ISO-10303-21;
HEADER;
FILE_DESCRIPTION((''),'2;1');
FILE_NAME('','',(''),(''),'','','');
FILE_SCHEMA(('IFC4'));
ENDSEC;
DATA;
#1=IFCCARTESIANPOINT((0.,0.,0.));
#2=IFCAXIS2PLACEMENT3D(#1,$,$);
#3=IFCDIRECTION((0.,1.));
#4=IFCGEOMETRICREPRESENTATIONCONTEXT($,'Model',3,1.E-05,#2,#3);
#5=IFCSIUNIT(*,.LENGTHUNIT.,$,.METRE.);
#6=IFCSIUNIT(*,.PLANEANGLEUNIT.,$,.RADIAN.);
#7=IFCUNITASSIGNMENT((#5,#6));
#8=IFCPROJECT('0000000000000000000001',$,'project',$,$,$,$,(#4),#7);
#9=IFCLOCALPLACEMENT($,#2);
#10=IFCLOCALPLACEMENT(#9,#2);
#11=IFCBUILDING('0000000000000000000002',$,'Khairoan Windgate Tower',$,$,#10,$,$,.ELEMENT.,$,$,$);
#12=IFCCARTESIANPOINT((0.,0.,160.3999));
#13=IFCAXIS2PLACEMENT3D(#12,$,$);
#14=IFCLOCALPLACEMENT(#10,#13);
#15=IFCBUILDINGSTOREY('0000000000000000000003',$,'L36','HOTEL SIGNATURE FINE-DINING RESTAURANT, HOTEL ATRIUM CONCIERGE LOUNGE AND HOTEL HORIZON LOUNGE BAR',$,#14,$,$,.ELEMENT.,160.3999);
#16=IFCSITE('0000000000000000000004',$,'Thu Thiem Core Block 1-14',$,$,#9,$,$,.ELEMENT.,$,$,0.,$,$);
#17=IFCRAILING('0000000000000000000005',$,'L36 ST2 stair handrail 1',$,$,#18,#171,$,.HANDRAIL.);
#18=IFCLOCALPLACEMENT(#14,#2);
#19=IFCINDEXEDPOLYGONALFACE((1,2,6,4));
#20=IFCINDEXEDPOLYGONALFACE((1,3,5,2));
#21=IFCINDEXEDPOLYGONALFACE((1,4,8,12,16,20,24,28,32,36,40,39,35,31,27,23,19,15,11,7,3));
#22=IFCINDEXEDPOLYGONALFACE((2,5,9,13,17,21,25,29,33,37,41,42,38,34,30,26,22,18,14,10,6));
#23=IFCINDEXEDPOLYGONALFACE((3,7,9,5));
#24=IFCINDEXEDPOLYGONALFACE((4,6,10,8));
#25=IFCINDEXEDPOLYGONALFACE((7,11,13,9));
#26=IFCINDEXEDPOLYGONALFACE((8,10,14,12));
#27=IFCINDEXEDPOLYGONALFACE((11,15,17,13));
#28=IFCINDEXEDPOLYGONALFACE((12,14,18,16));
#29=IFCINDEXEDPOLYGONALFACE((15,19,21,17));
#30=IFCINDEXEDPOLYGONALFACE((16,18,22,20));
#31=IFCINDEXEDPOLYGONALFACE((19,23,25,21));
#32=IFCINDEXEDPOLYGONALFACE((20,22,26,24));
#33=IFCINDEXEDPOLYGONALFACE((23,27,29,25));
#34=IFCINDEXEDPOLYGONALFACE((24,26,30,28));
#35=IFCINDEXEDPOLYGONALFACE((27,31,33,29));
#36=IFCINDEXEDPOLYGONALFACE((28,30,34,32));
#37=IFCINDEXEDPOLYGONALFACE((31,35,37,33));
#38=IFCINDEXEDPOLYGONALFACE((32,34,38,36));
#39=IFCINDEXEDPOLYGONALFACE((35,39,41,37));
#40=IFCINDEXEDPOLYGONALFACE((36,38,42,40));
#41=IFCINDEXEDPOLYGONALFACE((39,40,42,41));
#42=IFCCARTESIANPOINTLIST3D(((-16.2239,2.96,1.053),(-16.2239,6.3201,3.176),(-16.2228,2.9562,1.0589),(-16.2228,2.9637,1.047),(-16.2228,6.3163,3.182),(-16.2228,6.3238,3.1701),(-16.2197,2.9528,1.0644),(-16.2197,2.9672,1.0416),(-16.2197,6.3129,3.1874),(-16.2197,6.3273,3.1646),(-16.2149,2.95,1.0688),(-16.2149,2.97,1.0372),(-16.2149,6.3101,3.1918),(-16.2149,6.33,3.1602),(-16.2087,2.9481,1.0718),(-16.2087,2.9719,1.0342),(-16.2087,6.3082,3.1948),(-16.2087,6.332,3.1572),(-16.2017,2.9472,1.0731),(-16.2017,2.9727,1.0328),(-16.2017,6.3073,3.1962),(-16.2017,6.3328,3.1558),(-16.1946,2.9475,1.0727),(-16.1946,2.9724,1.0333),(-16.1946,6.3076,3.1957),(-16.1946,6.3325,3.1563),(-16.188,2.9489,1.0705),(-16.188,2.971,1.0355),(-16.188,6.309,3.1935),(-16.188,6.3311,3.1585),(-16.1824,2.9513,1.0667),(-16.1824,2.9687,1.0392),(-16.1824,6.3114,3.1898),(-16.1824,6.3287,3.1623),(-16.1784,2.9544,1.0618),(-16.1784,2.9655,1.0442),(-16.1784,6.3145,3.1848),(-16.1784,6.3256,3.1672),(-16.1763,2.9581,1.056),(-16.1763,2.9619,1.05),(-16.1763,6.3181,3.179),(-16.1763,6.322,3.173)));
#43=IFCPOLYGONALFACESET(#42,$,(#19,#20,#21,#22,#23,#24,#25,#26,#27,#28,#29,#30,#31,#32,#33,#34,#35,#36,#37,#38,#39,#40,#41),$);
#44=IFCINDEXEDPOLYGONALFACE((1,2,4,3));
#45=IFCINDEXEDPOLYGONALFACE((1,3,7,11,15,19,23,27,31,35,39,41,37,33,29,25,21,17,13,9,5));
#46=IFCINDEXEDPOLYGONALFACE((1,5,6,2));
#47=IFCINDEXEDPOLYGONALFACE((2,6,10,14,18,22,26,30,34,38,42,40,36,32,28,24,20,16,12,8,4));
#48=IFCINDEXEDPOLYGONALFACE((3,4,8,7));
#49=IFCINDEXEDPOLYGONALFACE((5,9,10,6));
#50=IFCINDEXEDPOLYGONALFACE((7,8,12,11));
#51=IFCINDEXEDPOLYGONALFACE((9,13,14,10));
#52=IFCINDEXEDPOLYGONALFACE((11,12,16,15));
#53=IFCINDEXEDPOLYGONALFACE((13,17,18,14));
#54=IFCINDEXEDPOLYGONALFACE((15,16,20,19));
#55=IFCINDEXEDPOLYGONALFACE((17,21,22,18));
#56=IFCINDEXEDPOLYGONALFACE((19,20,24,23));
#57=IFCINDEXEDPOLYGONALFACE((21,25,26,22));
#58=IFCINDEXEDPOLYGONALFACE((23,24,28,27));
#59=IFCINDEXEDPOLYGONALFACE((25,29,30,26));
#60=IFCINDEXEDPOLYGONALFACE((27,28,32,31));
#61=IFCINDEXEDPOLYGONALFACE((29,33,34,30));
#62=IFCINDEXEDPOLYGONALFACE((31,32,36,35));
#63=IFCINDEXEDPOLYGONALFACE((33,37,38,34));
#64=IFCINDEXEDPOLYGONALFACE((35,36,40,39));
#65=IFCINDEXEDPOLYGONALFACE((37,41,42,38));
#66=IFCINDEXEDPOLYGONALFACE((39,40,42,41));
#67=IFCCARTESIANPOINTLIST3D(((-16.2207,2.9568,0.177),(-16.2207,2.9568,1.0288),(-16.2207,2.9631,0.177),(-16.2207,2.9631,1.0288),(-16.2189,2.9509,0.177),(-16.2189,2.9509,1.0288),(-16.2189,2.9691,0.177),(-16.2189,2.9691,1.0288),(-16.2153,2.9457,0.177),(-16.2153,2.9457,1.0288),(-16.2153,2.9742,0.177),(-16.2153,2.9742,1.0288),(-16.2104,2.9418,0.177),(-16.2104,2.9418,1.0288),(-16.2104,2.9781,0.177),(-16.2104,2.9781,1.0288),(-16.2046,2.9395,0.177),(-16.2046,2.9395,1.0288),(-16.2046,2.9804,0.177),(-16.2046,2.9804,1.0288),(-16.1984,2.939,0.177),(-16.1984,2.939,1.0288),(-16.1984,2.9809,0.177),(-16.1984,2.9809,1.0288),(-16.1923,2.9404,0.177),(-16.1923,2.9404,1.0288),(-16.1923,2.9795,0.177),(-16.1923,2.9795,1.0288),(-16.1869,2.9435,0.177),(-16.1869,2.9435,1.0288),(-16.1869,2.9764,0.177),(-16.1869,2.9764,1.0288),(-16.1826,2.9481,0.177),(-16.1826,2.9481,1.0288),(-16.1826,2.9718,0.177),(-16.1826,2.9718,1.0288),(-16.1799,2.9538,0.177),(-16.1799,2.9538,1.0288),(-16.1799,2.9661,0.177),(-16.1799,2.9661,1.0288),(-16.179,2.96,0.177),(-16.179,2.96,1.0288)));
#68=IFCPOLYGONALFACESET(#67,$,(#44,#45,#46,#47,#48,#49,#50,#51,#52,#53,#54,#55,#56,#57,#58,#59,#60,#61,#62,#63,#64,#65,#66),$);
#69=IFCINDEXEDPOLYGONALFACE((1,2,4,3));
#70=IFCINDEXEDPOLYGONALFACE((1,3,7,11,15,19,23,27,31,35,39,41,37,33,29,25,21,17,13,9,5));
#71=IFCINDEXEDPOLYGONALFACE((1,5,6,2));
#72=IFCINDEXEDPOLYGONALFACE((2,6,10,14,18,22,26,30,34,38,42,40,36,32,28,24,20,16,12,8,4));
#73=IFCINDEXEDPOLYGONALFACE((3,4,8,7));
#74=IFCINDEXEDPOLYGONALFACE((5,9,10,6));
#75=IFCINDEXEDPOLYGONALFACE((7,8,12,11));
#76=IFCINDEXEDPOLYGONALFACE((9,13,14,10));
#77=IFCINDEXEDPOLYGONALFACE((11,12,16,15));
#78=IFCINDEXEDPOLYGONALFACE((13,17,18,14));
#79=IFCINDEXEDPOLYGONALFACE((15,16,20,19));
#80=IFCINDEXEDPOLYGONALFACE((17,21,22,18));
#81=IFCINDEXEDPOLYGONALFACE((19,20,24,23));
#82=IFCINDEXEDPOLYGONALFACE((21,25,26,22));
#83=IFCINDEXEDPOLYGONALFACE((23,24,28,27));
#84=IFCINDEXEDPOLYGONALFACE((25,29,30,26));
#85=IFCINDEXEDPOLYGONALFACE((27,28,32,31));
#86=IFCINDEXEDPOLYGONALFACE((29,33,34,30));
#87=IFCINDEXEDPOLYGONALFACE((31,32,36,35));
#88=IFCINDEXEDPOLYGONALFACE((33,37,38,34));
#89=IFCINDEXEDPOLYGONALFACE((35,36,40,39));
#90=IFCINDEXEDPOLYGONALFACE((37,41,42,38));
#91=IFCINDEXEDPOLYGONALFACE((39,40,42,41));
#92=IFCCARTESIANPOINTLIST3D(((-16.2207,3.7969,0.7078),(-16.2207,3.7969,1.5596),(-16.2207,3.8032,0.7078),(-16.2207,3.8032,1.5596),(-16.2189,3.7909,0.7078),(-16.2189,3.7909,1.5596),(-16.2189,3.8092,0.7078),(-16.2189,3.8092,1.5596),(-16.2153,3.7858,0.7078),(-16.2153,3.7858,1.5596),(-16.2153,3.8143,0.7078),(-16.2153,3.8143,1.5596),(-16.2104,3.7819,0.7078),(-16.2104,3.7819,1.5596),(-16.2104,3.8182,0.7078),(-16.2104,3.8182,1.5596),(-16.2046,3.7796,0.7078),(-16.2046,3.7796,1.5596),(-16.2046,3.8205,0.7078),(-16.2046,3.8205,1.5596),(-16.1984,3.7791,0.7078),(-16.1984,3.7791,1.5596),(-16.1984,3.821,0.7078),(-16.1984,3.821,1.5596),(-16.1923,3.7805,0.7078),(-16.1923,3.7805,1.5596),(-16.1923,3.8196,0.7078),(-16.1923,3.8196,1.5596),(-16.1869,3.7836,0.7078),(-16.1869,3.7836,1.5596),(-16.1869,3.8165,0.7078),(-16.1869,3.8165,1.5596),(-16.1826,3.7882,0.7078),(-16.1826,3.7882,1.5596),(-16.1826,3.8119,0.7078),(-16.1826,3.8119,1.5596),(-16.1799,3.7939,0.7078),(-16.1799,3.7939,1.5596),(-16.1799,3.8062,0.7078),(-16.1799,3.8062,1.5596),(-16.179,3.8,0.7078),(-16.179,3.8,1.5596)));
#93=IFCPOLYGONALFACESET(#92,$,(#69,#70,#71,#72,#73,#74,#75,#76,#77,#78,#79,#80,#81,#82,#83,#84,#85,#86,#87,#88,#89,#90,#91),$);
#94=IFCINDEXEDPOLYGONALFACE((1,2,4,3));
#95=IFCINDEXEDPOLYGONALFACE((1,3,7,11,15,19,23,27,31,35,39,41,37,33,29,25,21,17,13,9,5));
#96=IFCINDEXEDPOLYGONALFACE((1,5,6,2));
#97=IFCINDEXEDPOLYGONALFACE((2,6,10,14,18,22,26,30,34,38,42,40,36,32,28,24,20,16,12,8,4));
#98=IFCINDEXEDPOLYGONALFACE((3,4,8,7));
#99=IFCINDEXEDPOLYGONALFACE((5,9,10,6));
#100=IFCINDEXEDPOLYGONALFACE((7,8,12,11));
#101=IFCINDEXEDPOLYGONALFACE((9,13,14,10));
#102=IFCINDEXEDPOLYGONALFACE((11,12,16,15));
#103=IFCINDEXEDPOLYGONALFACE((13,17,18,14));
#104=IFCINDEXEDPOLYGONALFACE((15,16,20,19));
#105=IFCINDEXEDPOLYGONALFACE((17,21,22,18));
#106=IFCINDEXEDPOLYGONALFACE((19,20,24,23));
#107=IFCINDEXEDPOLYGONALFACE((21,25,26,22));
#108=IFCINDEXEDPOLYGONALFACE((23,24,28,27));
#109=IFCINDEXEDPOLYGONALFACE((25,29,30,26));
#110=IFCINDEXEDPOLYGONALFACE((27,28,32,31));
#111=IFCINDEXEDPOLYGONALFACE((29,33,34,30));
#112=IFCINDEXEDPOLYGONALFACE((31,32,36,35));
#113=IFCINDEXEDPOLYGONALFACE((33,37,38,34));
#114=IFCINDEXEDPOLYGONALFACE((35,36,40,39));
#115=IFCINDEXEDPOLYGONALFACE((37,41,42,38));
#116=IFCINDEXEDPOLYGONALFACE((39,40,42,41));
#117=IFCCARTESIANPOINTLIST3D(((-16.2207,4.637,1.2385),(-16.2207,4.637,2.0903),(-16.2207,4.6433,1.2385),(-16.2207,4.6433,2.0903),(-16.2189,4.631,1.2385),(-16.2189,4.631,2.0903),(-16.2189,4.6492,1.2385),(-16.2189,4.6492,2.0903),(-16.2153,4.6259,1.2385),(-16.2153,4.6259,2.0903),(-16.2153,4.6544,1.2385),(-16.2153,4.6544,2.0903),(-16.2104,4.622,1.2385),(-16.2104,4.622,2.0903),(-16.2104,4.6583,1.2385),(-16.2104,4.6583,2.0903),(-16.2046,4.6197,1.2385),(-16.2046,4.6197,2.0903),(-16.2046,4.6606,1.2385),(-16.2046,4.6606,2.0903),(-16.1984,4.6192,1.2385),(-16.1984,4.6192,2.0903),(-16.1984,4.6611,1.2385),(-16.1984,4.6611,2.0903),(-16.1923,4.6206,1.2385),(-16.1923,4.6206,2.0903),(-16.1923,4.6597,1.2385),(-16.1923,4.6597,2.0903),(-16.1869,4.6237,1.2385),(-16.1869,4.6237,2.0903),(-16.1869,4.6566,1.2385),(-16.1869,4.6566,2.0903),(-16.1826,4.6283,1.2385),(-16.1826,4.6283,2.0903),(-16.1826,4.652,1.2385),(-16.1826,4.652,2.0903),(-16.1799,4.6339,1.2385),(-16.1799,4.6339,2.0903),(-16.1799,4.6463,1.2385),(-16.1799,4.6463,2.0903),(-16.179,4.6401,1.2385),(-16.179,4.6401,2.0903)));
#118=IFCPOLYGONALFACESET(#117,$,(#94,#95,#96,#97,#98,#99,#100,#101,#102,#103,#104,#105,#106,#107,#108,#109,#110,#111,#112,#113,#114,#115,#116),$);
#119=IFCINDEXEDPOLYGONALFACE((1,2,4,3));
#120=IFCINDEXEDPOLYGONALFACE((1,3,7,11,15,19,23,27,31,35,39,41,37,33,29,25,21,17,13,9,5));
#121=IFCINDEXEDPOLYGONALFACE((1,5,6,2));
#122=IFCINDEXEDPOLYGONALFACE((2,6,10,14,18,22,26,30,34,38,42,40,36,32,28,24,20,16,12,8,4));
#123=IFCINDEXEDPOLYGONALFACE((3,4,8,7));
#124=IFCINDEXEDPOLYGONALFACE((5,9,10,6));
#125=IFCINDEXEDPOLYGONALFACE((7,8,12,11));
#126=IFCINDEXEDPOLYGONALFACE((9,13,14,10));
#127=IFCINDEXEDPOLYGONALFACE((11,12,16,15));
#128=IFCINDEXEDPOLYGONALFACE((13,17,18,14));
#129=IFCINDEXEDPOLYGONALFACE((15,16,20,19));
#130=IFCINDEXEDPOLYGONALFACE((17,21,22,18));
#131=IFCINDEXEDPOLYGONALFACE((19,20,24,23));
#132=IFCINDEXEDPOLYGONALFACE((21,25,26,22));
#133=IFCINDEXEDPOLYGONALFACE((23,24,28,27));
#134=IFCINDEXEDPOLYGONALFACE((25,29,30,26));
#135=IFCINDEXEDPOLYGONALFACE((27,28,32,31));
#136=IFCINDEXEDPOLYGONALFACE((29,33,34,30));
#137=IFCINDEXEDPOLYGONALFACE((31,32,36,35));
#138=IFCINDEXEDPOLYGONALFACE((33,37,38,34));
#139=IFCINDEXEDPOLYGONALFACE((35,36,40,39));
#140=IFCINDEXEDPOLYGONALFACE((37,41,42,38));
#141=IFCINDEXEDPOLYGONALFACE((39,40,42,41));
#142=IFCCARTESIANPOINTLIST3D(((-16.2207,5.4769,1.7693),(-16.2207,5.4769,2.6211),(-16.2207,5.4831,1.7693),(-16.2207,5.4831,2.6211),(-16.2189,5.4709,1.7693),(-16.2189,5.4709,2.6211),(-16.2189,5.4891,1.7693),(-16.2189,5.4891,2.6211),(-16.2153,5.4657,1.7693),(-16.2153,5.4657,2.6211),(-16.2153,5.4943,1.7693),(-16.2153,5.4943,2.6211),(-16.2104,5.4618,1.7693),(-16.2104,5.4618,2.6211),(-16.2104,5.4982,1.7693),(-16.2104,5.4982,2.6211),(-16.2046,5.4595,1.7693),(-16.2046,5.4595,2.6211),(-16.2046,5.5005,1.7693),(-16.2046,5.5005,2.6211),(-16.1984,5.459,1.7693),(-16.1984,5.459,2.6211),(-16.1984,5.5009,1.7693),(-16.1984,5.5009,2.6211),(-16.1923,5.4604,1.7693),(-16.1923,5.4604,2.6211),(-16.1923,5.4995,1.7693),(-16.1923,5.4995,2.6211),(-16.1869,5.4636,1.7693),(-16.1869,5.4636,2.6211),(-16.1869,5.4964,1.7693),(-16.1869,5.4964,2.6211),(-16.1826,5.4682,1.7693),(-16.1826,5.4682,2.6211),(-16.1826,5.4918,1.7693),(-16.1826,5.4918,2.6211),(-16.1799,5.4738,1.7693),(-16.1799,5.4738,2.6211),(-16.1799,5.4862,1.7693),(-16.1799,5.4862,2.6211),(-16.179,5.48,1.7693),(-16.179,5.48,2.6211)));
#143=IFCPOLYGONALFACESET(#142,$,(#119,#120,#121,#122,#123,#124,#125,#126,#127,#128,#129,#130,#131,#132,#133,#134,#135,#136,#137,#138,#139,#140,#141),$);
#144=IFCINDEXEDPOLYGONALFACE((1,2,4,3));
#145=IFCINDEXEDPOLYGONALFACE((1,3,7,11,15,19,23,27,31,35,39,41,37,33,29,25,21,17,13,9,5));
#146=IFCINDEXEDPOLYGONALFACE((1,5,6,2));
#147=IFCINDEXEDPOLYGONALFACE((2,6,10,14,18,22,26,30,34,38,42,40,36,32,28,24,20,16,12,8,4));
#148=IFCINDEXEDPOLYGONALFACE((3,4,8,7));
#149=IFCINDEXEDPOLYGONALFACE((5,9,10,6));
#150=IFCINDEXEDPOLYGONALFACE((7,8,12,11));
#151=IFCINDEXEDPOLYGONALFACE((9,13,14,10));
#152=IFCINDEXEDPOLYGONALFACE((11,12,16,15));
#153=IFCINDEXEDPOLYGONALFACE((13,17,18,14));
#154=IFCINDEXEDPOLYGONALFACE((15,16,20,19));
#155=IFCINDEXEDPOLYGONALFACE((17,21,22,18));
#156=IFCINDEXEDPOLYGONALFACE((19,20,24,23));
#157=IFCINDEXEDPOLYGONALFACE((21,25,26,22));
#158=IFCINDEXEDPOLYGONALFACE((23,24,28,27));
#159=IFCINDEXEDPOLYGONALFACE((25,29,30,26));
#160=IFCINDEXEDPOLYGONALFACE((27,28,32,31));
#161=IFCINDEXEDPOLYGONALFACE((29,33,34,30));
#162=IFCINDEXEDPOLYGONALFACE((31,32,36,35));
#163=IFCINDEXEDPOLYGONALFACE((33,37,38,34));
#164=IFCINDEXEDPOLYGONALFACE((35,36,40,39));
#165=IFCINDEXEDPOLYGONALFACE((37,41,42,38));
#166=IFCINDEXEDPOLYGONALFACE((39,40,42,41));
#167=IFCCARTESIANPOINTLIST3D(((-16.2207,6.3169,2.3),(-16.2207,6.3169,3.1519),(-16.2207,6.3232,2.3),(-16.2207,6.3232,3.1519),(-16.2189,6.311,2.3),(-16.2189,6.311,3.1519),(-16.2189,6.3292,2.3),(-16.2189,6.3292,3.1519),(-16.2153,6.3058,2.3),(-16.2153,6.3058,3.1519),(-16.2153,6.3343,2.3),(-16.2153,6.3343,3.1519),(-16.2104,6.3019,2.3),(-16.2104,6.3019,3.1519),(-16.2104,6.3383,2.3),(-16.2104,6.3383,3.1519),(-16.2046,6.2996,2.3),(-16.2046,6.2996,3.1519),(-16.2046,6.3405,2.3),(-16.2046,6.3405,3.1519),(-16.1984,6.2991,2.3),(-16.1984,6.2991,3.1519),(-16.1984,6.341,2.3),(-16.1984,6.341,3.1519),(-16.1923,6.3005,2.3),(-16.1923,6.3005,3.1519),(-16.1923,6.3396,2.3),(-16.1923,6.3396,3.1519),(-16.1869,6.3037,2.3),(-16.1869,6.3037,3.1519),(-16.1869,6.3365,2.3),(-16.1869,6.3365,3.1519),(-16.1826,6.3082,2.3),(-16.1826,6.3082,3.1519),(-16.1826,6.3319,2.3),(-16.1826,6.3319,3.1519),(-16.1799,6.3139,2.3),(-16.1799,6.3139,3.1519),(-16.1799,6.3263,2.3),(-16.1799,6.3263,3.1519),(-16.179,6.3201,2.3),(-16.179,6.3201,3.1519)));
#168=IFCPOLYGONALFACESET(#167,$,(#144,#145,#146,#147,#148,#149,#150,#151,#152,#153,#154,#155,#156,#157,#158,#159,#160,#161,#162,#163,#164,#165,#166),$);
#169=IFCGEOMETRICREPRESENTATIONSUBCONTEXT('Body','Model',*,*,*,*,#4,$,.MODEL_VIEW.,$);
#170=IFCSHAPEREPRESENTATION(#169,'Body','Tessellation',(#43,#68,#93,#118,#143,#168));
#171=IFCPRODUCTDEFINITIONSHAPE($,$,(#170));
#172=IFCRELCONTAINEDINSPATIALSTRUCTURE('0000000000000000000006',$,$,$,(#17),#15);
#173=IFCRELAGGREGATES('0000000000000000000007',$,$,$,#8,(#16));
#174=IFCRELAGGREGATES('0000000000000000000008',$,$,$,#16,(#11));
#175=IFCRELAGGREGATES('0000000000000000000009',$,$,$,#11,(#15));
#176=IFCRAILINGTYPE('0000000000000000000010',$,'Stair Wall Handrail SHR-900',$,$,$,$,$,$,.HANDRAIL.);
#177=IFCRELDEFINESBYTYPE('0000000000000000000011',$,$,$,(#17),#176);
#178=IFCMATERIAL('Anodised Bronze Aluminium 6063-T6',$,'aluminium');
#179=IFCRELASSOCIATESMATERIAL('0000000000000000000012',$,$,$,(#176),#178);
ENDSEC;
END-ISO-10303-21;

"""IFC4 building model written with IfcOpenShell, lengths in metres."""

from ifc_helpers import new_model, si_unit, direction, frame, origin, origin_2d, place, context, subcontext, project, spatial, circle, extrude, material, type_object, element, save


model = new_model("IFC4")

# Units and contexts
model_context = context("Model", 3, precision=1e-05, world=origin(), true_north=direction((0.0, 1.0)))
body_context = subcontext(model_context, "Body", "Model", "MODEL_VIEW")
ifc_project = project(units=[si_unit("LENGTHUNIT", "METRE"), si_unit("PLANEANGLEUNIT", "RADIAN")], contexts=[model_context])

# Site, building, storey
site_placement = place(None, origin())
site = spatial("IfcSite", under=ifc_project, at=site_placement, Name="Thu Thiem Core Block 1-14", CompositionType="ELEMENT", RefElevation=0.0)
building_placement = place(site_placement, origin())
building = spatial("IfcBuilding", under=site, at=building_placement, Name="Khairoan Windgate Tower", CompositionType="ELEMENT")
storey_placement = place(building_placement, frame((0.0, 0.0, 160.3999)))
storey = spatial("IfcBuildingStorey", under=building, at=storey_placement, Name="L36", Description="HOTEL SIGNATURE FINE-DINING RESTAURANT, HOTEL ATRIUM CONCIERGE LOUNGE AND HOTEL HORIZON LOUNGE BAR", CompositionType="ELEMENT", Elevation=160.3999)

# Railing
ifc_material_1 = material(Name="Anodised Bronze Aluminium 6063-T6", Category="aluminium")
railing_type_1 = type_object("IfcRailingType", Name="Stair Wall Handrail SHR-900", PredefinedType="HANDRAIL", material=ifc_material_1)
railing_1_placement = place(storey_placement, frame((-16.2, 2.96, 0.177)))
element("IfcRailing", 1, at=railing_1_placement, inside=storey, type_object=railing_type_1, Name="L36 ST2 stair handrail 1", PredefinedType="HANDRAIL", context=body_context, shape_type="SweptSolid", body=[
    extrude(circle(Radius=0.0239, at=origin_2d()), frame((0.0, 0.0, 0.876), z_axis=(0.0, 0.84539, 0.53415), x_axis=(-1.0, 0.0, 0.0)), (0.0, 0.0, 1.0), 3.9746),
    extrude(circle(Radius=0.021, at=origin_2d()), origin(), (0.0, 0.0, 1.0), 0.8518),
    extrude(circle(Radius=0.021, at=origin_2d()), frame((0.0, 0.8401, 0.5308)), (0.0, 0.0, 1.0), 0.8518),
    extrude(circle(Radius=0.021, at=origin_2d()), frame((0.0, 1.6802, 1.0615)), (0.0, 0.0, 1.0), 0.8518),
    extrude(circle(Radius=0.021, at=origin_2d()), frame((0.0, 2.52, 1.5923)), (0.0, 0.0, 1.0), 0.8518),
    extrude(circle(Radius=0.021, at=origin_2d()), frame((0.0, 3.3601, 2.123)), (0.0, 0.0, 1.0), 0.8518),
])

save(model, "model.ifc")
